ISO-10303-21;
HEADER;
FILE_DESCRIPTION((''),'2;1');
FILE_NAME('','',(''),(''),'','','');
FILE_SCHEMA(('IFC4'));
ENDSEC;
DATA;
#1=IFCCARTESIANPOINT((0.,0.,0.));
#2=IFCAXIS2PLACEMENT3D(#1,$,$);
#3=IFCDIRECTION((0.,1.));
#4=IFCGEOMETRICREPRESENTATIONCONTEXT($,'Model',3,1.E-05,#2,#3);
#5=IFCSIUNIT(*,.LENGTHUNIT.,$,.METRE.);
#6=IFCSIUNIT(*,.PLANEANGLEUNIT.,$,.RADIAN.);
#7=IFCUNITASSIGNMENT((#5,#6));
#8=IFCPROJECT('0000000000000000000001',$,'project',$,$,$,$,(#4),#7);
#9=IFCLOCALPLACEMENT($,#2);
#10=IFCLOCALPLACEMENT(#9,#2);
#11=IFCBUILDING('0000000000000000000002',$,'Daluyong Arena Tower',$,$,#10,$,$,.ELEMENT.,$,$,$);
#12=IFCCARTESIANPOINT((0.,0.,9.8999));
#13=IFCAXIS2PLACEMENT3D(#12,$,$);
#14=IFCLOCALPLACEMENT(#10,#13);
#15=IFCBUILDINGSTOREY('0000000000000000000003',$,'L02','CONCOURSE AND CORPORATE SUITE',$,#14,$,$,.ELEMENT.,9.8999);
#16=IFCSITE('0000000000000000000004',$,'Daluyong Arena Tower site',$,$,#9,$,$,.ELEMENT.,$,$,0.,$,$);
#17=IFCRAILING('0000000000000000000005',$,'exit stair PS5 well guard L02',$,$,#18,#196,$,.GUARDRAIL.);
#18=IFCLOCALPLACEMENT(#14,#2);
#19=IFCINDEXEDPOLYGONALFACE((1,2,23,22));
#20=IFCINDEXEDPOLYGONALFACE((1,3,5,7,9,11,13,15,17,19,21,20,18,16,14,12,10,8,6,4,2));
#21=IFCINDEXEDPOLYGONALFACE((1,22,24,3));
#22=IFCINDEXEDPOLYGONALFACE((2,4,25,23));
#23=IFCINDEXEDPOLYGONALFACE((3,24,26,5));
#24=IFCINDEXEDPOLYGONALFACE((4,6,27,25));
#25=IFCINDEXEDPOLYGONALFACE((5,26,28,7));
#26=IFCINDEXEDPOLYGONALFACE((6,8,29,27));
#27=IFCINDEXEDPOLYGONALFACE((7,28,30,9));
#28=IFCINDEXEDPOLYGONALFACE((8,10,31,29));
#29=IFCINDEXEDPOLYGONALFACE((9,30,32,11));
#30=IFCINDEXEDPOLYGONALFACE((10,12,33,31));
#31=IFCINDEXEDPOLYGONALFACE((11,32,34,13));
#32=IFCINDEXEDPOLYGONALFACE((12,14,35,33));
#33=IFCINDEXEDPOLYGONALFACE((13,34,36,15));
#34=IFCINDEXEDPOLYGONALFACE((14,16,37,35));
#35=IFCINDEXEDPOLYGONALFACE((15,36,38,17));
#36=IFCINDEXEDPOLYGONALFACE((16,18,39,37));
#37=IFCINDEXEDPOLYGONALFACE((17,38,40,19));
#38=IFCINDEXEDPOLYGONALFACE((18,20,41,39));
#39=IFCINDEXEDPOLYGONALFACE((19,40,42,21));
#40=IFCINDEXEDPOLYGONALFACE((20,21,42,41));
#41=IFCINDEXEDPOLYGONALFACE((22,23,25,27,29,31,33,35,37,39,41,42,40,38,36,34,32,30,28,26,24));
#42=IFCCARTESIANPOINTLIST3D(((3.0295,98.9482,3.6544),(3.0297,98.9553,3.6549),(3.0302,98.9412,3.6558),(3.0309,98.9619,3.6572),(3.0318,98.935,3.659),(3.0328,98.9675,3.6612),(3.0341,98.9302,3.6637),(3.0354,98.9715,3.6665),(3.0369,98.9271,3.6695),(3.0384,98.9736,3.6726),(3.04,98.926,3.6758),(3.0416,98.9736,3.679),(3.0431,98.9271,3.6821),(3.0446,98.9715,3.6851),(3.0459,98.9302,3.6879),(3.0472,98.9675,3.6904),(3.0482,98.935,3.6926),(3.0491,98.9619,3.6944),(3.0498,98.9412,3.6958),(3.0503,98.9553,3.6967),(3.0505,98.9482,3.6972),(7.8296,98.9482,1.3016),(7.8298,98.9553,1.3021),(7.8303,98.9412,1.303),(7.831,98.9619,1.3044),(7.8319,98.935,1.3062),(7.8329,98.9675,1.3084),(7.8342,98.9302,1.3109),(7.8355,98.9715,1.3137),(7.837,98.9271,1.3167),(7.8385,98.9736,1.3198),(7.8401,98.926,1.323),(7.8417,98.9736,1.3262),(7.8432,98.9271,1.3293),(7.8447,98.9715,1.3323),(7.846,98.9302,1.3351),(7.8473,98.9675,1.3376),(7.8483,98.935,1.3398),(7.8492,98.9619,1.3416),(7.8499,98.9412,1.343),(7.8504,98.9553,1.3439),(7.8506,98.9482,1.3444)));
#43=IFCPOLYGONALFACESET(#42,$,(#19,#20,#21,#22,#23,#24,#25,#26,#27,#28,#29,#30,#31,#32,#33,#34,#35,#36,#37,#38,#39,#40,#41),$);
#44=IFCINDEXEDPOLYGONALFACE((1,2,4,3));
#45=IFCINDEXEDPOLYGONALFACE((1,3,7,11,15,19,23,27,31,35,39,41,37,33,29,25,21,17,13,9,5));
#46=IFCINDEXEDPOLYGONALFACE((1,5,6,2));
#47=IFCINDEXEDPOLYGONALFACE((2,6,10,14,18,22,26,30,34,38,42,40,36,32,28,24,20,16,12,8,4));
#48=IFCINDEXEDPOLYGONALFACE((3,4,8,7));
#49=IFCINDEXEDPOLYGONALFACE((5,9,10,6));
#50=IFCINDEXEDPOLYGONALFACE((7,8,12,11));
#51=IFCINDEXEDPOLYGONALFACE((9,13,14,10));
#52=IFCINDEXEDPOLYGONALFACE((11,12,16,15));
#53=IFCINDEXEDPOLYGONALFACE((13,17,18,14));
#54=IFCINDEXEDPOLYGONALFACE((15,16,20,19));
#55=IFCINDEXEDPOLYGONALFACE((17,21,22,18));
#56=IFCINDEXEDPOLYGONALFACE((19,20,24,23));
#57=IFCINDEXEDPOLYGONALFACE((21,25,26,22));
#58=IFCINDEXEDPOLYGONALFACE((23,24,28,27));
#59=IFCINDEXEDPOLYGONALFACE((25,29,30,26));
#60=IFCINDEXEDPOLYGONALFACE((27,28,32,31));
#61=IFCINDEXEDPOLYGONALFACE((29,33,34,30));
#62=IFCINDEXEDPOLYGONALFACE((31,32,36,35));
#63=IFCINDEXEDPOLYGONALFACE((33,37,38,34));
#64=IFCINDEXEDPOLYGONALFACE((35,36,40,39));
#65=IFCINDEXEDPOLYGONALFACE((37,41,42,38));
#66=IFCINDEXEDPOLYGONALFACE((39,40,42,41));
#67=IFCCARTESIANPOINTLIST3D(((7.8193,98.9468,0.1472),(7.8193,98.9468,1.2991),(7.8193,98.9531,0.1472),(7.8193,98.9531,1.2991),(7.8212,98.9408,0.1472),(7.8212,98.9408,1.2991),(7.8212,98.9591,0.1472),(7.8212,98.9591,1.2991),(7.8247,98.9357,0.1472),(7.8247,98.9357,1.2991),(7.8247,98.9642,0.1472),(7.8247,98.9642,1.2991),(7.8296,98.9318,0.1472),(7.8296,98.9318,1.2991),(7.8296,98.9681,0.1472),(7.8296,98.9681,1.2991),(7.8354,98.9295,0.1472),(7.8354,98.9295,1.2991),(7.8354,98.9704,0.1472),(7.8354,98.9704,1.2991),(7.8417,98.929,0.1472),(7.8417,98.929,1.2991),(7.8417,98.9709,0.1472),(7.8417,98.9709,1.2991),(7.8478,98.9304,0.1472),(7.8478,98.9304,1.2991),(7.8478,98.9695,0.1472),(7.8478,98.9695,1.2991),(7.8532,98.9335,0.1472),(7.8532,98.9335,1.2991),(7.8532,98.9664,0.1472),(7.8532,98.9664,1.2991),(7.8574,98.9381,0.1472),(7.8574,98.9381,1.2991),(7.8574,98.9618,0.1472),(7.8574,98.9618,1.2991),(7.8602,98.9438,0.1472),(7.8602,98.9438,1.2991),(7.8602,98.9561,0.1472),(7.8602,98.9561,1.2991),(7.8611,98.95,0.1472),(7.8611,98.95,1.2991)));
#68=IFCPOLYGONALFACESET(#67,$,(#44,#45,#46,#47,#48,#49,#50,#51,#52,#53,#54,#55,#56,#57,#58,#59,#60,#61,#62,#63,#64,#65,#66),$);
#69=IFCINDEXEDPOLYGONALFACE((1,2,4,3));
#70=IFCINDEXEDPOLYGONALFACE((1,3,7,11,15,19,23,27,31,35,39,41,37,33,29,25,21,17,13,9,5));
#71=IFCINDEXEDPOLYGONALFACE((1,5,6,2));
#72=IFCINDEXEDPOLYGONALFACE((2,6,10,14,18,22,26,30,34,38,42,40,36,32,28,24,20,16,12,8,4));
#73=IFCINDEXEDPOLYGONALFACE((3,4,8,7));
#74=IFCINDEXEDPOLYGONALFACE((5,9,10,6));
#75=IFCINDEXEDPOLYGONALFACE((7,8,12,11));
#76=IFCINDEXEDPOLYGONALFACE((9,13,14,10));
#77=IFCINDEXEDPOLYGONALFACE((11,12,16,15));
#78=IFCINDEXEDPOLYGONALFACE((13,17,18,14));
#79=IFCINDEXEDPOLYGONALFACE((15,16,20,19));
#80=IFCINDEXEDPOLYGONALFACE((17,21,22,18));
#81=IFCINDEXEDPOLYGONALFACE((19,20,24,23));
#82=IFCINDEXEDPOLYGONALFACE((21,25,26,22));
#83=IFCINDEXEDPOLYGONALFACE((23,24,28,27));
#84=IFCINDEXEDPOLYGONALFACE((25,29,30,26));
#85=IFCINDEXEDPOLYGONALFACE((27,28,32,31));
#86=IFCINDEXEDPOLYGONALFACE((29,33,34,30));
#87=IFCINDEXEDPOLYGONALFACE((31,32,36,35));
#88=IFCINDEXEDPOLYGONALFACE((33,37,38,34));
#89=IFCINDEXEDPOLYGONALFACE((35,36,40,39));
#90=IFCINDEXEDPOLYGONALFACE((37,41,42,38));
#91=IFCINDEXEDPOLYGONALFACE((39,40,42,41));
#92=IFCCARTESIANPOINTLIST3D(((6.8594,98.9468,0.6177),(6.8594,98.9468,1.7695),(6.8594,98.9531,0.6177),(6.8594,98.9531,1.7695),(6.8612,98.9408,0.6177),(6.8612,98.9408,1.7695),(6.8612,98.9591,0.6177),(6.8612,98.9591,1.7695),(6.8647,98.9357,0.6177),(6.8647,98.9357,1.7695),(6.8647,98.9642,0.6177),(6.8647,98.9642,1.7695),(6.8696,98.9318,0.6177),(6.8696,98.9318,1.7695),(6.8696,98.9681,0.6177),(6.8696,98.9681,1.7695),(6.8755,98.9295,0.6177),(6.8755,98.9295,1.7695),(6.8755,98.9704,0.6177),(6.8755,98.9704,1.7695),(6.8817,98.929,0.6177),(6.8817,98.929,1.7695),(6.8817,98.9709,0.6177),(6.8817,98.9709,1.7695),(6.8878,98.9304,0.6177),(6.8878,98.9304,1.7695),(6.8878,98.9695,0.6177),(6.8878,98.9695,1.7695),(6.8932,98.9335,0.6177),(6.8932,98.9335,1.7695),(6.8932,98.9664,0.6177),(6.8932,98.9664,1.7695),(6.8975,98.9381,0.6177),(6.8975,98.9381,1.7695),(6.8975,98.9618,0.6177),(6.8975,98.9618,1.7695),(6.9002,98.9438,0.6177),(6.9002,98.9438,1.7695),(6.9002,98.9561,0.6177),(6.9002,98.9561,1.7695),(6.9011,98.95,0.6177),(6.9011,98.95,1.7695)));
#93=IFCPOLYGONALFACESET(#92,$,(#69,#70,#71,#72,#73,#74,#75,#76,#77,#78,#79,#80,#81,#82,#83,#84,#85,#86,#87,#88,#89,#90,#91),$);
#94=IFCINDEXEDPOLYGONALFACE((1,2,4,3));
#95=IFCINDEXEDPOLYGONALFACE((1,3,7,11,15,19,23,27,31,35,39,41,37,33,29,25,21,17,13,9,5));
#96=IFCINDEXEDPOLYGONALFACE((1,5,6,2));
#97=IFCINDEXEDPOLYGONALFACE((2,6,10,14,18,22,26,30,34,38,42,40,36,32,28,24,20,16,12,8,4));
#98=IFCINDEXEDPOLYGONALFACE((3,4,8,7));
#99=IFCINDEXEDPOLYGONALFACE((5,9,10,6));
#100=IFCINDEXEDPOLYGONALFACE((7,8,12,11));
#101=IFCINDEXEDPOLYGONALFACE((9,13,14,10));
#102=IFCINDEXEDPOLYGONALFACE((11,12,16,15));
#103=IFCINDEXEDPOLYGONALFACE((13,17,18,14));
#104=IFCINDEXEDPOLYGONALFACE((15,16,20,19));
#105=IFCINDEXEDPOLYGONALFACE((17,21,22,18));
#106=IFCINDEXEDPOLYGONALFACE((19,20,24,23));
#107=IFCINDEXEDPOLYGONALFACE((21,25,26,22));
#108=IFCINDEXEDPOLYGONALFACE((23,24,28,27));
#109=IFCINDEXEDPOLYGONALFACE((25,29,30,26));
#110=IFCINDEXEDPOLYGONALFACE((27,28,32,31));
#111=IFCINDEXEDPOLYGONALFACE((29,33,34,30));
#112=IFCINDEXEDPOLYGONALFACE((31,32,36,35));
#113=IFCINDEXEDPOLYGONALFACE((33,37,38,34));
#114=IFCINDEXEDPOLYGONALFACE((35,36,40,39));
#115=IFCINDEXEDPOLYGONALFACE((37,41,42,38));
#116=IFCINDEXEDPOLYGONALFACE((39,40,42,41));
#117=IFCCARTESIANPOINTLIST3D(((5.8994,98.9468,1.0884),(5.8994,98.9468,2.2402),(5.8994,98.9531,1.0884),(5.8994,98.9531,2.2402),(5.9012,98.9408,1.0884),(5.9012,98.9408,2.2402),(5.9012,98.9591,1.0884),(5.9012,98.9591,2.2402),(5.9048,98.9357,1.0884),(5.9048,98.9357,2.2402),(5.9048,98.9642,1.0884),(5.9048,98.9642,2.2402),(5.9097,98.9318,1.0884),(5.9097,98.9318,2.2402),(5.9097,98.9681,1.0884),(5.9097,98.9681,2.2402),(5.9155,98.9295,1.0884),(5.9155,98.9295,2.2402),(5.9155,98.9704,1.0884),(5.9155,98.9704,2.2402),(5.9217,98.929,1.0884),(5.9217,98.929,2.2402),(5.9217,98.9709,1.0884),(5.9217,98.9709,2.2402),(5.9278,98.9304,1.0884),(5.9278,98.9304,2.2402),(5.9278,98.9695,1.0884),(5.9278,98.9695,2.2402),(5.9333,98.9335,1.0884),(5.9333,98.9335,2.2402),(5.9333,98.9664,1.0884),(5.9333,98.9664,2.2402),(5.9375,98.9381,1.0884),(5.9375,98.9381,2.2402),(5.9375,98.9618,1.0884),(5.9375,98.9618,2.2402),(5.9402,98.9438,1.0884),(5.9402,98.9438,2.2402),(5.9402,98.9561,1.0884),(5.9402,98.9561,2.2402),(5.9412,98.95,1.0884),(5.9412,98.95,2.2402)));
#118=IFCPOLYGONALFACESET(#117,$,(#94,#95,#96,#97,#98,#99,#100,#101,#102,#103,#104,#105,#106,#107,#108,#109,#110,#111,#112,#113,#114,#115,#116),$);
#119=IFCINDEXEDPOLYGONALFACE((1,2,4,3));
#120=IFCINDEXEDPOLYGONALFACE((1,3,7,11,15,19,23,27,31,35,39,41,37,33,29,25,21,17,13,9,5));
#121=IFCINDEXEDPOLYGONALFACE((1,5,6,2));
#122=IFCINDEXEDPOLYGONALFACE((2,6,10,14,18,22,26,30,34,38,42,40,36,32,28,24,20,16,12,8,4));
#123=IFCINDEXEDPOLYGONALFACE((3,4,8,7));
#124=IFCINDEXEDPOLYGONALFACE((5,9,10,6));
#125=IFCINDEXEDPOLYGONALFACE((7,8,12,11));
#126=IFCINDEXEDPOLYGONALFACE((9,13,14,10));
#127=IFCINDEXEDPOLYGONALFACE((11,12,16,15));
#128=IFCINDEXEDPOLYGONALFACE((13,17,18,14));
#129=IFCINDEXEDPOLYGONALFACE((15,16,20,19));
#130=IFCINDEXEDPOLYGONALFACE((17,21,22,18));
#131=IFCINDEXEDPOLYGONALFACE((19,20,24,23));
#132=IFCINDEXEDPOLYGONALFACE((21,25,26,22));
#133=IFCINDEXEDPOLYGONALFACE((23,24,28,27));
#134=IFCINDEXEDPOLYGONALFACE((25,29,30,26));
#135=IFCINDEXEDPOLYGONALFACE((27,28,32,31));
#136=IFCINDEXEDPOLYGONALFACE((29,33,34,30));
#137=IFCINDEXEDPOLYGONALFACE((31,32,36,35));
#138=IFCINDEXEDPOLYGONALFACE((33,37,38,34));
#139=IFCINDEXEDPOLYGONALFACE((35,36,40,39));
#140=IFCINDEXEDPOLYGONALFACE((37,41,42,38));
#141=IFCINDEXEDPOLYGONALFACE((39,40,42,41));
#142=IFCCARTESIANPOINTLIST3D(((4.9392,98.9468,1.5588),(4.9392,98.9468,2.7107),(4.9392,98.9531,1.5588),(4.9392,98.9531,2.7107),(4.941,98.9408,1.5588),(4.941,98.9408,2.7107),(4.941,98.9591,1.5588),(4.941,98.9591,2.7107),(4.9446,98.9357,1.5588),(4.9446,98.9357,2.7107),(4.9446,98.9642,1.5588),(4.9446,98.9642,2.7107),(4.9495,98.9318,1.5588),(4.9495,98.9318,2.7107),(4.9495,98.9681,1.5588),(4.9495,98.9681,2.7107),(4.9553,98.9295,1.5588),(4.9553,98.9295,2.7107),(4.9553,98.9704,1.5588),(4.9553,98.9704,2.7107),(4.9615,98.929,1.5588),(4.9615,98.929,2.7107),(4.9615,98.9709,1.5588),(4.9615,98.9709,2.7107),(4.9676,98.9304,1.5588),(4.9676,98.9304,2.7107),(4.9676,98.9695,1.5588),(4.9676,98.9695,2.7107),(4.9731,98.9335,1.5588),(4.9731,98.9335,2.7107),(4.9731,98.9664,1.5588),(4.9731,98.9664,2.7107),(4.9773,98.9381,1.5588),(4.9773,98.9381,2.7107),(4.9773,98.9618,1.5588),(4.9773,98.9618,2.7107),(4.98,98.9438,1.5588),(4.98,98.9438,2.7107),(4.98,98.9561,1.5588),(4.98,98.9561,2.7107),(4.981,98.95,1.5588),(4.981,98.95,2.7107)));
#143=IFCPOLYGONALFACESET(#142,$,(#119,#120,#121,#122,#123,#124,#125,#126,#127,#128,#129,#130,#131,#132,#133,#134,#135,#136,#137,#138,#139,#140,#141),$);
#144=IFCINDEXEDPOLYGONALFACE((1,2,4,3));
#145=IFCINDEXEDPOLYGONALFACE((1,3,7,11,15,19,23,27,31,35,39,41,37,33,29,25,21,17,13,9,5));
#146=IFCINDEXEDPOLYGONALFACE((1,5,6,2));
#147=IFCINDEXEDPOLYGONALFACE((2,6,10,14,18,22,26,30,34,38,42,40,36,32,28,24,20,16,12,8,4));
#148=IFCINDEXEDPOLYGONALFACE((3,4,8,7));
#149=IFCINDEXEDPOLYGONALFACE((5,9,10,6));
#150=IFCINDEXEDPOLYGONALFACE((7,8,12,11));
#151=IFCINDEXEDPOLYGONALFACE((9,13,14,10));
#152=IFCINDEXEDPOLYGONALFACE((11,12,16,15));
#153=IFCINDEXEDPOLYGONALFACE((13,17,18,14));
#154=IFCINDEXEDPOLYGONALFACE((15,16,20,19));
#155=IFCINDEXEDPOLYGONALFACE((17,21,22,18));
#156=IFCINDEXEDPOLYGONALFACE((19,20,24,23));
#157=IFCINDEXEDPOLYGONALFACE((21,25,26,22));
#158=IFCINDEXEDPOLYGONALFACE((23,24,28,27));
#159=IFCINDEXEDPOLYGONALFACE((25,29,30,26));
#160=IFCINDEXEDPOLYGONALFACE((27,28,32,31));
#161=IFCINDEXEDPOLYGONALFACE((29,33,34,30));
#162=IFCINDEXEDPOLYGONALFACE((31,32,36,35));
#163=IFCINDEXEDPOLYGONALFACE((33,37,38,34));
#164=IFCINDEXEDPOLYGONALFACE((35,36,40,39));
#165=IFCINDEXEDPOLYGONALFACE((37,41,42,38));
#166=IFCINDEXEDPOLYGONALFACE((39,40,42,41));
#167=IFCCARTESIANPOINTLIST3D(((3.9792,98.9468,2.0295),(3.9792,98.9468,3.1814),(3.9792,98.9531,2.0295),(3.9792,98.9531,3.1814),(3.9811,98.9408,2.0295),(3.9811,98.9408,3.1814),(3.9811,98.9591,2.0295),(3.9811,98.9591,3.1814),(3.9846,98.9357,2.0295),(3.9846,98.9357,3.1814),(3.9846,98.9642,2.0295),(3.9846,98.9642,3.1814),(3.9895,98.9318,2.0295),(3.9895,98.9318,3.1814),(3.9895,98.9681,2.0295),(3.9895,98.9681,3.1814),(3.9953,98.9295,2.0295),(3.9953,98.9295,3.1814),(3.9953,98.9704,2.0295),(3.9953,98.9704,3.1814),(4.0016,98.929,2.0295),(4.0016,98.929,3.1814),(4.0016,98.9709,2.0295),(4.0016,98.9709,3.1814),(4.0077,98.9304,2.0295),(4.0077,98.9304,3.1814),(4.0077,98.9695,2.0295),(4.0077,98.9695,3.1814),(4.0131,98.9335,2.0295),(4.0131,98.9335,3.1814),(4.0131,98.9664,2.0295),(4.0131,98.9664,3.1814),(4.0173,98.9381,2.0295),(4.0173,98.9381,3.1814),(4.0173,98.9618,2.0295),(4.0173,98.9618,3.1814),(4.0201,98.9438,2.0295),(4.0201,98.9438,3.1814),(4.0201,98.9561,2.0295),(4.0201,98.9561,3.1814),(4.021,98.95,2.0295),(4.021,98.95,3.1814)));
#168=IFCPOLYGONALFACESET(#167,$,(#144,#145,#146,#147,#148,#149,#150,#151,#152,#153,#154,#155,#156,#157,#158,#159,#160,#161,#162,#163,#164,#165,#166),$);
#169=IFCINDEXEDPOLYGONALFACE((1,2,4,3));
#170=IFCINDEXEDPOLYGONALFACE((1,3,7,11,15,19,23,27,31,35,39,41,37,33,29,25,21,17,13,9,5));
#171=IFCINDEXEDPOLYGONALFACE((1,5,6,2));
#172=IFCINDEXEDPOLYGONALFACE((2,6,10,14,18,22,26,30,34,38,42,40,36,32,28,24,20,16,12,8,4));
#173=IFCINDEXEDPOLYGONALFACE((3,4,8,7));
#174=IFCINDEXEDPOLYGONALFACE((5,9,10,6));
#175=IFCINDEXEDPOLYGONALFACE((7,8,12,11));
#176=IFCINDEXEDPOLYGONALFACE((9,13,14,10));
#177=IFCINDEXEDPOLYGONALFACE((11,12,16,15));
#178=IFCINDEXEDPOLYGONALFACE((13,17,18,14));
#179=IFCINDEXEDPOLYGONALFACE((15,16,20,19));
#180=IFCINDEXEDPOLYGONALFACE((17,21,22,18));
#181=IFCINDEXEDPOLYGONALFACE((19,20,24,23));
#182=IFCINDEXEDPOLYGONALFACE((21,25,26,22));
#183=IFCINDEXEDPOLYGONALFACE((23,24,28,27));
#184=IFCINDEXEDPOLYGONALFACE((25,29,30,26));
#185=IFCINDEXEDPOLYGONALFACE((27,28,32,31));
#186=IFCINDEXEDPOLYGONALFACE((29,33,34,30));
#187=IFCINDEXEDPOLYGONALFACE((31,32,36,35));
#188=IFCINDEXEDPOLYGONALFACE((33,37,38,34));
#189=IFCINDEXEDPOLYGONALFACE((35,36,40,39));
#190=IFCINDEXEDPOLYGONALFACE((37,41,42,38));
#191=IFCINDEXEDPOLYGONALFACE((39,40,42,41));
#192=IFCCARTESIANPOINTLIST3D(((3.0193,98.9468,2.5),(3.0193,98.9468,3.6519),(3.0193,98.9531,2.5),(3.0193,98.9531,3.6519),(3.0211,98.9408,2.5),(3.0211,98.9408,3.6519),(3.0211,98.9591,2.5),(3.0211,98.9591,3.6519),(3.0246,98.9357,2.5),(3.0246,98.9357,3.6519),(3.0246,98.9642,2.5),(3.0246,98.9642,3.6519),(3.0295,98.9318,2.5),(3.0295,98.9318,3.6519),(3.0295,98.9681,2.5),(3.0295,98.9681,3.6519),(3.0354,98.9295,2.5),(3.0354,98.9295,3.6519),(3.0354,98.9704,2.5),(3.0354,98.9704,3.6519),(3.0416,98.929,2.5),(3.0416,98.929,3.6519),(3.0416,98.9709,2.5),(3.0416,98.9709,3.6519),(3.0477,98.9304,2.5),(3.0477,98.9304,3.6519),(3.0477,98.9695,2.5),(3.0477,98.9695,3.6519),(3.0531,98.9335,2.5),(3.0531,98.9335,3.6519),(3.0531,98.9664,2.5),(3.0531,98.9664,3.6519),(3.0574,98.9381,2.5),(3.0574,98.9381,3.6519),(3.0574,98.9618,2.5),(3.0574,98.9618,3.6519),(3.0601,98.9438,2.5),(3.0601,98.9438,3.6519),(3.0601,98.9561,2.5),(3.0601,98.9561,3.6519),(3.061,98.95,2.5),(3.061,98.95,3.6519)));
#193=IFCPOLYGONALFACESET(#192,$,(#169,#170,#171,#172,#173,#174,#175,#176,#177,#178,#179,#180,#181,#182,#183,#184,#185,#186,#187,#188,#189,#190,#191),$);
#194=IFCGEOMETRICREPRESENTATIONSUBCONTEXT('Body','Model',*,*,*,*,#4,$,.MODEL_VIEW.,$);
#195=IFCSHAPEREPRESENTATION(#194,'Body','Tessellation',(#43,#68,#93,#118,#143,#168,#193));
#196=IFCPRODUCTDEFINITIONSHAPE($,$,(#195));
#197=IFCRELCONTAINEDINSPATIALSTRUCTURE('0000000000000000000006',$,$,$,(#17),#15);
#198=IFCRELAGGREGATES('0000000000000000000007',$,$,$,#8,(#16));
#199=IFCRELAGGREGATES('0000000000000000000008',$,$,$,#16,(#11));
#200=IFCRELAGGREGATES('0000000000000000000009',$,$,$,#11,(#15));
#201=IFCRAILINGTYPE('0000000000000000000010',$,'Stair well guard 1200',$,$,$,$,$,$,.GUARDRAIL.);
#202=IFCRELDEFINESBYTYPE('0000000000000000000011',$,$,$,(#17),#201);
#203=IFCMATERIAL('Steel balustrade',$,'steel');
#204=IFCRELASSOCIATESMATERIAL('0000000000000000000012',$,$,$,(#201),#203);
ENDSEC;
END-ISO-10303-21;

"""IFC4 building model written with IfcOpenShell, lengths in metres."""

from ifc_helpers import new_model, si_unit, direction, frame, origin, origin_2d, place, context, subcontext, project, spatial, circle, extrude, material, type_object, element, save


model = new_model("IFC4")

# Units and contexts
model_context = context("Model", 3, precision=1e-05, world=origin(), true_north=direction((0.0, 1.0)))
body_context = subcontext(model_context, "Body", "Model", "MODEL_VIEW")
ifc_project = project(units=[si_unit("LENGTHUNIT", "METRE"), si_unit("PLANEANGLEUNIT", "RADIAN")], contexts=[model_context])

# Site, building, storey
site_placement = place(None, origin())
site = spatial("IfcSite", under=ifc_project, at=site_placement, Name="Daluyong Arena Tower site", CompositionType="ELEMENT", RefElevation=0.0)
building_placement = place(site_placement, origin())
building = spatial("IfcBuilding", under=site, at=building_placement, Name="Daluyong Arena Tower", CompositionType="ELEMENT")
storey_placement = place(building_placement, frame((0.0, 0.0, 9.8999)))
storey = spatial("IfcBuildingStorey", under=building, at=storey_placement, Name="L02", Description="CONCOURSE AND CORPORATE SUITE", CompositionType="ELEMENT", Elevation=9.8999)

# Railing
ifc_material_1 = material(Name="Steel balustrade", Category="steel")
railing_type_1 = type_object("IfcRailingType", Name="Stair well guard 1200", PredefinedType="GUARDRAIL", material=ifc_material_1)
railing_1_placement = place(storey_placement, frame((7.8401, 98.95, 0.1472)))
element("IfcRailing", 1, at=railing_1_placement, inside=storey, type_object=railing_type_1, Name="exit stair PS5 well guard L02", PredefinedType="GUARDRAIL", context=body_context, shape_type="SweptSolid", body=[
    extrude(circle(Radius=0.0239, at=origin_2d()), frame((0.0, 0.0, 1.1758), z_axis=(-0.897934, 0.0, 0.44013), x_axis=(0.0, -1.0, 0.0)), (0.0, 0.0, 1.0), 5.3457),
    extrude(circle(Radius=0.021, at=origin_2d()), origin(), (0.0, 0.0, 1.0), 1.1519),
    extrude(circle(Radius=0.021, at=origin_2d()), frame((-0.96, 0.0, 0.4705)), (0.0, 0.0, 1.0), 1.1519),
    extrude(circle(Radius=0.021, at=origin_2d()), frame((-1.9199, 0.0, 0.9412)), (0.0, 0.0, 1.0), 1.1519),
    extrude(circle(Radius=0.021, at=origin_2d()), frame((-2.8801, 0.0, 1.4116)), (0.0, 0.0, 1.0), 1.1519),
    extrude(circle(Radius=0.021, at=origin_2d()), frame((-3.8401, 0.0, 1.8823)), (0.0, 0.0, 1.0), 1.1519),
    extrude(circle(Radius=0.021, at=origin_2d()), frame((-4.8, 0.0, 2.3528)), (0.0, 0.0, 1.0), 1.1519),
])

save(model, "model.ifc")
